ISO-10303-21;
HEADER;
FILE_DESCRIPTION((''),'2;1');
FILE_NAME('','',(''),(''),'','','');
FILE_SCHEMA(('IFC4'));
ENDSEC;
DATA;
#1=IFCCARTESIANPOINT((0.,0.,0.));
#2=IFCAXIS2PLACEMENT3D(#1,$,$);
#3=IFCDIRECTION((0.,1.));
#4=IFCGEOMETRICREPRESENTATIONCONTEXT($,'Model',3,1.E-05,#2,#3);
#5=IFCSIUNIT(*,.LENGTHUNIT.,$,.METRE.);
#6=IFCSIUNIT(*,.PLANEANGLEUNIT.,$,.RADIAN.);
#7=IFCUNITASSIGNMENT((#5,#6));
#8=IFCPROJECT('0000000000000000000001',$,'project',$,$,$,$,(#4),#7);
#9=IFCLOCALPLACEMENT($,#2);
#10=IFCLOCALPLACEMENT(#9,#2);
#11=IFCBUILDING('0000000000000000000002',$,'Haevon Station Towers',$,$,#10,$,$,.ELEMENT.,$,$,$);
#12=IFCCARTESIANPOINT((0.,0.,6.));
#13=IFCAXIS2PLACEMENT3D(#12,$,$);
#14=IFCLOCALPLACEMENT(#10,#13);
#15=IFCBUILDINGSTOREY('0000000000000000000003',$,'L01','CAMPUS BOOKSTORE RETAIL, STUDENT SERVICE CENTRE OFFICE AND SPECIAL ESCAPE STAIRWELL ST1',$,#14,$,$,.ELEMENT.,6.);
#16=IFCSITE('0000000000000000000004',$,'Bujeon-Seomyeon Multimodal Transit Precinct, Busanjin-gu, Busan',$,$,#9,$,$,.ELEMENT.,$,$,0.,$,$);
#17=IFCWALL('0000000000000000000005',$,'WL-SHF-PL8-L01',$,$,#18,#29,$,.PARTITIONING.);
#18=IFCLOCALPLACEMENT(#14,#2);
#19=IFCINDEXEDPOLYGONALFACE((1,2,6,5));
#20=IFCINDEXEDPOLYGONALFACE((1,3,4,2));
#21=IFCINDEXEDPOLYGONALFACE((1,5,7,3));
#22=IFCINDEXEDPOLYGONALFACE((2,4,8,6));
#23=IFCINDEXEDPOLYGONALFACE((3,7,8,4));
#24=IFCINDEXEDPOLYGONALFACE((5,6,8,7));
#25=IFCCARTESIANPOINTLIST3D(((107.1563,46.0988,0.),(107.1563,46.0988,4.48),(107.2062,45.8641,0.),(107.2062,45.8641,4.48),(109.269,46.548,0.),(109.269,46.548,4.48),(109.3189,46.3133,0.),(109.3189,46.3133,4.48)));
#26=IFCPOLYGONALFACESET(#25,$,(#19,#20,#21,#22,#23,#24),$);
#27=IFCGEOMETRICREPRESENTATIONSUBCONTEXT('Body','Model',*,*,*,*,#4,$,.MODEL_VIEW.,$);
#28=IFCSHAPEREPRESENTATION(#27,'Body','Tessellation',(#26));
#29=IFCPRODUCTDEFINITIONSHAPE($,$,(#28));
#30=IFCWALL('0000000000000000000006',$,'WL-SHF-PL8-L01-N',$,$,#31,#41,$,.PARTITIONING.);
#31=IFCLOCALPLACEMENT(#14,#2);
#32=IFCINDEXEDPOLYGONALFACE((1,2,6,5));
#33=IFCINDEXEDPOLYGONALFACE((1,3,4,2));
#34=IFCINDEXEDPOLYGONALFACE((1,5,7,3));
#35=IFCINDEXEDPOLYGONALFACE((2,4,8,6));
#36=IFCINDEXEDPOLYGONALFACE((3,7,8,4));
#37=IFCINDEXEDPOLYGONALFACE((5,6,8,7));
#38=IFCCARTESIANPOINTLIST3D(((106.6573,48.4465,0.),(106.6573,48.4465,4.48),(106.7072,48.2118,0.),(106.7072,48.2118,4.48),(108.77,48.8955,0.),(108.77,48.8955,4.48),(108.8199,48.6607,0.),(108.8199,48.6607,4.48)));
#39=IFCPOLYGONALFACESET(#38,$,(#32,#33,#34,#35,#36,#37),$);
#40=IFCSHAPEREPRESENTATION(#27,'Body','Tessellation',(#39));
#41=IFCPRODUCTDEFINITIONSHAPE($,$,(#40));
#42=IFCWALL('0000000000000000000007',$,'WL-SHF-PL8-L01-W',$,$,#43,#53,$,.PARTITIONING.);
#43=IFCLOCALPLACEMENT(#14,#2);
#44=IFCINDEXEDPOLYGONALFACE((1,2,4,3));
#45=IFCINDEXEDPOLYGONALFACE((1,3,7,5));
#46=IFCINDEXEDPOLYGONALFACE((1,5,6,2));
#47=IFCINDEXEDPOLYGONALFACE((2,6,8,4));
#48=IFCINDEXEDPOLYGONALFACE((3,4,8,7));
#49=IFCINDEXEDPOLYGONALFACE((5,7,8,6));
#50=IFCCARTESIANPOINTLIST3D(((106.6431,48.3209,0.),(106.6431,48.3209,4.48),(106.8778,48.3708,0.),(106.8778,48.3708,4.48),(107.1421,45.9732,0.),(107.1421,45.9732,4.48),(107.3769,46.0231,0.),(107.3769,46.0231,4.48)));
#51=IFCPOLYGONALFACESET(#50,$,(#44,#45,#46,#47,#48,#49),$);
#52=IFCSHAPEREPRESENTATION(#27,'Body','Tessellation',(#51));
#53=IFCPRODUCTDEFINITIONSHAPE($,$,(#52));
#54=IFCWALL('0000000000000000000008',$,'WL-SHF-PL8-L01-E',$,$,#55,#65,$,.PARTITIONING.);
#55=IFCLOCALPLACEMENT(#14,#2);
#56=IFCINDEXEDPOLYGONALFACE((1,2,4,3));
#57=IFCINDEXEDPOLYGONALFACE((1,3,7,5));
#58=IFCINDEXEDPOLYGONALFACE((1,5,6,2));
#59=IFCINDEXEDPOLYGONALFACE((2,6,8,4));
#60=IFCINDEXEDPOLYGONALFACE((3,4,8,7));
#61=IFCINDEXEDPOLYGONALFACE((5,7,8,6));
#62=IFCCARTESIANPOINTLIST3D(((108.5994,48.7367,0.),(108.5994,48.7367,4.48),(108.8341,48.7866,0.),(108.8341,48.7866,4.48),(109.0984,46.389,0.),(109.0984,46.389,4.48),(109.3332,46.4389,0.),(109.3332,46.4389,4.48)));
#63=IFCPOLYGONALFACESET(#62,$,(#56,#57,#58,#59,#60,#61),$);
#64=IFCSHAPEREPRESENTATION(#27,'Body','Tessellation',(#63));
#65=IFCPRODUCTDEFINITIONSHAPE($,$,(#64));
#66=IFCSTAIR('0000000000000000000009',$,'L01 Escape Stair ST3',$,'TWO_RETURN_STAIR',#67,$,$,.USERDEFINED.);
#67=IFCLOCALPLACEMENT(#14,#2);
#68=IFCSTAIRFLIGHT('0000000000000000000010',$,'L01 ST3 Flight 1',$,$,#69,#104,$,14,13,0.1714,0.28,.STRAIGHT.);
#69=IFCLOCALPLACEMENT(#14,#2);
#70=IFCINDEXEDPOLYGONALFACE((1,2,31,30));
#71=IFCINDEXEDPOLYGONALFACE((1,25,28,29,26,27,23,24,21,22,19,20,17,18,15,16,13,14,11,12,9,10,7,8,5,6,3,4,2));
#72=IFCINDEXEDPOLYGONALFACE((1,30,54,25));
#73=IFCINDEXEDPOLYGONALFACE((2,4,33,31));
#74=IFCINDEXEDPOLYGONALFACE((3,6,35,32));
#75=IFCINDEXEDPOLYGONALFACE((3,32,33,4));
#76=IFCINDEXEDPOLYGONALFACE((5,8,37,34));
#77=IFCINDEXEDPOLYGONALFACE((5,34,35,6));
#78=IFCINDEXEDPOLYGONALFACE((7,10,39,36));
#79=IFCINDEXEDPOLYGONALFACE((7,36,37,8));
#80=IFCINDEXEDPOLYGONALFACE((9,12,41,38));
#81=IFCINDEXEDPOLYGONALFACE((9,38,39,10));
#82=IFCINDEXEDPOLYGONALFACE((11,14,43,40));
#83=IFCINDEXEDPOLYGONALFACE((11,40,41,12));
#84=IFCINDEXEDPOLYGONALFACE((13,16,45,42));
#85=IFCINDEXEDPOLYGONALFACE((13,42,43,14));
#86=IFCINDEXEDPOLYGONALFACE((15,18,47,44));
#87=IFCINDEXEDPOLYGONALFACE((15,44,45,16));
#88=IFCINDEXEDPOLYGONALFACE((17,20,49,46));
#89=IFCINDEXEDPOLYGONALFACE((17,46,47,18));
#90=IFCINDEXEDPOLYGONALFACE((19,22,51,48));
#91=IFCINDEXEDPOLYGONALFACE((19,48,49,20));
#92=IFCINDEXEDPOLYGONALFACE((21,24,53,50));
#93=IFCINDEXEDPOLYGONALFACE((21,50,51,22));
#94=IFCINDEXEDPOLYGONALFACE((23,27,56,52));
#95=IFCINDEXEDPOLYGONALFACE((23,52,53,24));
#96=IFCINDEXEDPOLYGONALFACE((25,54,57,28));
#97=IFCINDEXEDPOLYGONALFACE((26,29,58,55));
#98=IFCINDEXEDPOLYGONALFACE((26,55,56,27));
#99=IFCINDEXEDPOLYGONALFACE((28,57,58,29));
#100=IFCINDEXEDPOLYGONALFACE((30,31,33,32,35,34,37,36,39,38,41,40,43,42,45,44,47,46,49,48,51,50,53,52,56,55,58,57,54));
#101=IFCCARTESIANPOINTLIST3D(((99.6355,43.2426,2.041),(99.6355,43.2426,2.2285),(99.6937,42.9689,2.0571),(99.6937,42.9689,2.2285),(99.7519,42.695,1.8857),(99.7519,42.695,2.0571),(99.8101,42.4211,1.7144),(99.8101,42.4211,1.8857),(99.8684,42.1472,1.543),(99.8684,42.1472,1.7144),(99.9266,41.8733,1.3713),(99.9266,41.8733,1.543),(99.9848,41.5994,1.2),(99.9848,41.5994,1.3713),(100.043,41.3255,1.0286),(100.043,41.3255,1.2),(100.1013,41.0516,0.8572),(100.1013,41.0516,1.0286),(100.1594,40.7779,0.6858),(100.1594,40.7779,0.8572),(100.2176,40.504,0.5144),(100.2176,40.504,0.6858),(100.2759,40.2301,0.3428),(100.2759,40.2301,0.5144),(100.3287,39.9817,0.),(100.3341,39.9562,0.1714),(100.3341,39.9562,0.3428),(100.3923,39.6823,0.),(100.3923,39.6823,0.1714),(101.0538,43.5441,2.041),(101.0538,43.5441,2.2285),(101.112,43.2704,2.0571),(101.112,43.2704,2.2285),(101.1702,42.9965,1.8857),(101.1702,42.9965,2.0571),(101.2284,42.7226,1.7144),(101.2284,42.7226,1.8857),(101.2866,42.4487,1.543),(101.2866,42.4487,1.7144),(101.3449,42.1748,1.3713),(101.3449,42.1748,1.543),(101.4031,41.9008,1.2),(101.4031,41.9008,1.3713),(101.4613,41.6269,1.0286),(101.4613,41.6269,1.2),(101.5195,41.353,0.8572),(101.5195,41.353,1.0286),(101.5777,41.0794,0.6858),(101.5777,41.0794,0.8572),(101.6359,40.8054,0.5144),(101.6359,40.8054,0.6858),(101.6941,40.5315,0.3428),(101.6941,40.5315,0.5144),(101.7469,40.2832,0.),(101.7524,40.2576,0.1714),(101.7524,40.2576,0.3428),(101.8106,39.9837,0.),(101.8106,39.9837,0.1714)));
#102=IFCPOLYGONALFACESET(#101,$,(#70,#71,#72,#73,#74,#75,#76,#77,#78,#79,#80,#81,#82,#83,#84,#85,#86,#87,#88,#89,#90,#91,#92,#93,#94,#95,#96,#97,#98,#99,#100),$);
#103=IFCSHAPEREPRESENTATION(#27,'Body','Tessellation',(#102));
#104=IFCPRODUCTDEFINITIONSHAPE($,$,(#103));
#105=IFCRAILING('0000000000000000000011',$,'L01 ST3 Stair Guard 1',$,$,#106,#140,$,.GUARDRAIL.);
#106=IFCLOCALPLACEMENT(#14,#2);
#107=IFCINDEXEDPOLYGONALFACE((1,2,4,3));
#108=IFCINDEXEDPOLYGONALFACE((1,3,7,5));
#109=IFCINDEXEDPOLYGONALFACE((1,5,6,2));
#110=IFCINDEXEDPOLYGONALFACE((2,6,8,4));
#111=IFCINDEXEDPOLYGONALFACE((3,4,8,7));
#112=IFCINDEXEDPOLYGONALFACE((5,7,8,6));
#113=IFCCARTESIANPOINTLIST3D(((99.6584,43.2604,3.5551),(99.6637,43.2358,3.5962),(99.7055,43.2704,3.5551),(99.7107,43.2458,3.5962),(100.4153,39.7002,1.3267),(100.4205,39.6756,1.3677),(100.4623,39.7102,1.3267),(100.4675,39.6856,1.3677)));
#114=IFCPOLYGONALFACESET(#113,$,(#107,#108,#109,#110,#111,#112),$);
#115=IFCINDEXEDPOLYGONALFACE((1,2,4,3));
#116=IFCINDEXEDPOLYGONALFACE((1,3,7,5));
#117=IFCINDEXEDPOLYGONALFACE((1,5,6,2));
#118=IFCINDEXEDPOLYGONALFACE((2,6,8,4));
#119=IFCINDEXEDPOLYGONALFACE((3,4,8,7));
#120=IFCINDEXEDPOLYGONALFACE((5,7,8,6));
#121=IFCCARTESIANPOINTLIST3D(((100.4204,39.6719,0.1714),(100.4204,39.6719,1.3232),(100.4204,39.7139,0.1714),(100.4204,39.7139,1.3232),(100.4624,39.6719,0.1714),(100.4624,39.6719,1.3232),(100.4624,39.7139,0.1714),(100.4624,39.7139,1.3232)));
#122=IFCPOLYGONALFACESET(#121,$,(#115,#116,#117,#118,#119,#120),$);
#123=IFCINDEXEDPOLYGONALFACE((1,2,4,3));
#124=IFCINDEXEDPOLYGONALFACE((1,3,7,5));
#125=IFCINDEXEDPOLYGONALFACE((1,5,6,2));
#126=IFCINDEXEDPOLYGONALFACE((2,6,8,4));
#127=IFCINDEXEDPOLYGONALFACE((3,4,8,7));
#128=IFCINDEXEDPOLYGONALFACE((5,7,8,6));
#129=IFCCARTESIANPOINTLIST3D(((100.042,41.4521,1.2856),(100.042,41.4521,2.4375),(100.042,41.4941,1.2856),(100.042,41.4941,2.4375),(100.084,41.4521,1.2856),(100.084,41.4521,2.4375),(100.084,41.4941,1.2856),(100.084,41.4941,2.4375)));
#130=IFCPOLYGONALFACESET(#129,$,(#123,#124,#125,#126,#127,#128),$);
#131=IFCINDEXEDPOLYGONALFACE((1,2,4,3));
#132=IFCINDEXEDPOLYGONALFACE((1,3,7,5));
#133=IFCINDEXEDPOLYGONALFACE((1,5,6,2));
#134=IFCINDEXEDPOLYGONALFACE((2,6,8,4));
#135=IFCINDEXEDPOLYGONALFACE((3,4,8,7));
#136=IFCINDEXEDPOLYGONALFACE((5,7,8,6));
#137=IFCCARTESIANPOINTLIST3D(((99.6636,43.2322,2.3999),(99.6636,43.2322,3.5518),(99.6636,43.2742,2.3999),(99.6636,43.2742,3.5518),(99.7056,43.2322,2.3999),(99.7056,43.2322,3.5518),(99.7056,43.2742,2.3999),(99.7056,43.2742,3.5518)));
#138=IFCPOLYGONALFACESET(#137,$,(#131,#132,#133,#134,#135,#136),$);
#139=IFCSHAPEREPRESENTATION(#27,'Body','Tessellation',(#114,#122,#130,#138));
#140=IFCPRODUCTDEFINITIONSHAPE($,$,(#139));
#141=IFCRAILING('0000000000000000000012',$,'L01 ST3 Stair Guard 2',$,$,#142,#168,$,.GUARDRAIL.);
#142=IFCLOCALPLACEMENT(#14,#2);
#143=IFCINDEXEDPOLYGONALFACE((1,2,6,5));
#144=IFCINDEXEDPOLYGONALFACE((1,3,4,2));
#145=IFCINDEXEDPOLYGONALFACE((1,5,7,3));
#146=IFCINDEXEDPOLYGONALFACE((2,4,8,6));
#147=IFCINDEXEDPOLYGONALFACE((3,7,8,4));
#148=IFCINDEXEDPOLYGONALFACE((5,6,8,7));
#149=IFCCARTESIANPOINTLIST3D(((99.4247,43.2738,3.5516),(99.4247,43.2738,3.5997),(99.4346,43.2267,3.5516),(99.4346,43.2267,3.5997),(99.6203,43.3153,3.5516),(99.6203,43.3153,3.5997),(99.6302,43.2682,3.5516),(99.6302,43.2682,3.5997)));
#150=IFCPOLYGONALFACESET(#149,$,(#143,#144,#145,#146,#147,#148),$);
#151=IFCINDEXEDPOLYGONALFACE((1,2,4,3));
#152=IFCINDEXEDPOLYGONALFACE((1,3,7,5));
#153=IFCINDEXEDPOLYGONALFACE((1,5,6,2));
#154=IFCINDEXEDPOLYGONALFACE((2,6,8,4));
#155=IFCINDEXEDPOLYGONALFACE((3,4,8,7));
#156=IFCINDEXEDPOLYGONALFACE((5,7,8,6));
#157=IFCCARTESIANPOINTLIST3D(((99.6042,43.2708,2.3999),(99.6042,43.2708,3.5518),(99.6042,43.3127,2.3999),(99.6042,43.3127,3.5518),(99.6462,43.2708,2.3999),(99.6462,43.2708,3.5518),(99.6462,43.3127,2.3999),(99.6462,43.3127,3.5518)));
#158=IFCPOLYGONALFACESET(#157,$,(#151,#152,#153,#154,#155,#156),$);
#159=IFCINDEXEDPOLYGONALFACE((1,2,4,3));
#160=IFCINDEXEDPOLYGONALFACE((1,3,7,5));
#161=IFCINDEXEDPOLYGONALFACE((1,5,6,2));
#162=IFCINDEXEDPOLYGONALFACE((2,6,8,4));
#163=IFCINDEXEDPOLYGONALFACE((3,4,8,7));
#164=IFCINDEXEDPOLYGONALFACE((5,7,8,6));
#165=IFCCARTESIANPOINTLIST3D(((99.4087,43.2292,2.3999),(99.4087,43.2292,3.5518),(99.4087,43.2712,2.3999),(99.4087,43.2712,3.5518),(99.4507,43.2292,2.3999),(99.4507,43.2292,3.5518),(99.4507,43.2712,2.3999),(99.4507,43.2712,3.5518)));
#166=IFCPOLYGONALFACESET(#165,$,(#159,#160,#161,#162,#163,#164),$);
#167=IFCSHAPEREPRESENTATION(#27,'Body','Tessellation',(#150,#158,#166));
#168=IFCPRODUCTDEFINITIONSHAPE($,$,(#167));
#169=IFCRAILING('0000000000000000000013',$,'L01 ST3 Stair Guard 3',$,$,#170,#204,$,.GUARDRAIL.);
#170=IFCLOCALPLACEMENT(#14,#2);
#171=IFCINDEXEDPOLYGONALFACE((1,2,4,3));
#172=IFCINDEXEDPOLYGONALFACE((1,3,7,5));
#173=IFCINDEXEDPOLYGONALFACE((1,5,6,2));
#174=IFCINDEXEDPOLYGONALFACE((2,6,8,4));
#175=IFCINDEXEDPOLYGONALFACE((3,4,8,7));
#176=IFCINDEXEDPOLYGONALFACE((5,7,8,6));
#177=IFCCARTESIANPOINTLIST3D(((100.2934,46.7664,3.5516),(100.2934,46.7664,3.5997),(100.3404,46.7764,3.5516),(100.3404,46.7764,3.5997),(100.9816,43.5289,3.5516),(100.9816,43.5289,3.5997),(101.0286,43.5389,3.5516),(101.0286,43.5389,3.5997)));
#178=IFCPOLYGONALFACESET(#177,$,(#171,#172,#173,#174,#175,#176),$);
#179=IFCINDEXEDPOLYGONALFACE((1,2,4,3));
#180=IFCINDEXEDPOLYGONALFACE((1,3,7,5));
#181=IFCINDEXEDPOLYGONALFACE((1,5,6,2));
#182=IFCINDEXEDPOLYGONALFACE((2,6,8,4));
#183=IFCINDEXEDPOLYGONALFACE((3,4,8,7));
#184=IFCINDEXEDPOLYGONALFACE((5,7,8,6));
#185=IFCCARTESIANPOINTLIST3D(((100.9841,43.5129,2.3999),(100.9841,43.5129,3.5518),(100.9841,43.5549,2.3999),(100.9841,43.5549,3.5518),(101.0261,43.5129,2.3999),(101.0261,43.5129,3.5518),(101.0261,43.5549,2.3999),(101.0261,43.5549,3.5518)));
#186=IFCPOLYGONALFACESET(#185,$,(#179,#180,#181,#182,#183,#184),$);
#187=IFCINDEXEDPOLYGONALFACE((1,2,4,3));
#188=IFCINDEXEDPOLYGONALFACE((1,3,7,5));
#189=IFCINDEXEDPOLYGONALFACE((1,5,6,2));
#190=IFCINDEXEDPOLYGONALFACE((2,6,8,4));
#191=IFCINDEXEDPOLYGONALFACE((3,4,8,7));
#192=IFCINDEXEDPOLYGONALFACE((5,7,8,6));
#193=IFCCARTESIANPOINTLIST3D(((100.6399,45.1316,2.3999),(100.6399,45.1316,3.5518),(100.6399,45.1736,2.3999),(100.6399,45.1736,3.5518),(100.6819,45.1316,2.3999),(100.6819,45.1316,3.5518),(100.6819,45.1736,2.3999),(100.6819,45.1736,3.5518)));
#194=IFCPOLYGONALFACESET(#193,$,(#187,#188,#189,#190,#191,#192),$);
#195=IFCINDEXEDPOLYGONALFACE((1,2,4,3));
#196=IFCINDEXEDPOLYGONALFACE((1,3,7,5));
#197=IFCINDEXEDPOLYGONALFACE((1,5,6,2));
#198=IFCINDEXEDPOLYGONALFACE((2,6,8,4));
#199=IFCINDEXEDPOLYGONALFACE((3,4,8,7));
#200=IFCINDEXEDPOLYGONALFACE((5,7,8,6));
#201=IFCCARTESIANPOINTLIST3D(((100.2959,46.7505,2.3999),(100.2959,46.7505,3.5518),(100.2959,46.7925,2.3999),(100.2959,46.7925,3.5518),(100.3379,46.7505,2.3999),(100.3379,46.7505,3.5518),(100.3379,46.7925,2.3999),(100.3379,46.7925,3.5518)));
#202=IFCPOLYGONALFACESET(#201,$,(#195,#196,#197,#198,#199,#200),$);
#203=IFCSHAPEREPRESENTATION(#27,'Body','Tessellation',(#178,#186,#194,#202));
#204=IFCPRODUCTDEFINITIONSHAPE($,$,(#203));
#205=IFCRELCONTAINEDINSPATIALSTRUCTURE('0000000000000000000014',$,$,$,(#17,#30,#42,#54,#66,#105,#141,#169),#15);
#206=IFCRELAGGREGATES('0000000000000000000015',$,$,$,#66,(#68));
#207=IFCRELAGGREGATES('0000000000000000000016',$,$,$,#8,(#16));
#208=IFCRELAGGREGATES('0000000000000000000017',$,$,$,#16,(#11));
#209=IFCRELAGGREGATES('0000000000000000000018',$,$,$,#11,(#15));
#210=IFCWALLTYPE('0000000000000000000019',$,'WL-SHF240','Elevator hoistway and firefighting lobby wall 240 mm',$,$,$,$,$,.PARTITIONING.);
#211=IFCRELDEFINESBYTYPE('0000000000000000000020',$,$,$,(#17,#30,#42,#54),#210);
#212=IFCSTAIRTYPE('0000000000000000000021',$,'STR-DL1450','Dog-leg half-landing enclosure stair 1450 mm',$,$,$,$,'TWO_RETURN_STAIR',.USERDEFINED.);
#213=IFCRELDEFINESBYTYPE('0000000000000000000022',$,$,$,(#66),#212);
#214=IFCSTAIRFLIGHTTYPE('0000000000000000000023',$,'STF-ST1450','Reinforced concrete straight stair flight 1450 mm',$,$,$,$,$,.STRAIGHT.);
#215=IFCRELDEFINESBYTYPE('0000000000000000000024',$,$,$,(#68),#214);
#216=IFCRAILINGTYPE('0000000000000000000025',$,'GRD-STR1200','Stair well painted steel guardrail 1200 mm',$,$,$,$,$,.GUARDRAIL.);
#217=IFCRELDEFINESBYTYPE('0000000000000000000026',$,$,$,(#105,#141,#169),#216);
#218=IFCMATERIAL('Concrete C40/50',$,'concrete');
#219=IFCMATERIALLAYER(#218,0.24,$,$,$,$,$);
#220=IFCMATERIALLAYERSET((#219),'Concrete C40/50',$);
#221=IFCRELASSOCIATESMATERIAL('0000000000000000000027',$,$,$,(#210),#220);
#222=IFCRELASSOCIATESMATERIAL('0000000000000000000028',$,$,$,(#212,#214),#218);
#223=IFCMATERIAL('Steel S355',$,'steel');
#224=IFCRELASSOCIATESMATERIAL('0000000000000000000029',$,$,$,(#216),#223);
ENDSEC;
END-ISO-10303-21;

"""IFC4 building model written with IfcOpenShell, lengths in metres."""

from ifc_helpers import new_model, si_unit, direction, frame, frame_2d, origin, origin_2d, place, context, subcontext, project, spatial, polyline, rectangle, outline, extrude, material, layer, layer_set, type_object, element, aggregate, save


model = new_model("IFC4")

# Units and contexts
model_context = context("Model", 3, precision=1e-05, world=origin(), true_north=direction((0.0, 1.0)))
body_context = subcontext(model_context, "Body", "Model", "MODEL_VIEW")
ifc_project = project(units=[si_unit("LENGTHUNIT", "METRE"), si_unit("PLANEANGLEUNIT", "RADIAN")], contexts=[model_context])

# Site, building, storey
site_placement = place(None, origin())
site = spatial("IfcSite", under=ifc_project, at=site_placement, Name="Bujeon-Seomyeon Multimodal Transit Precinct, Busanjin-gu, Busan", CompositionType="ELEMENT", RefElevation=0.0)
building_placement = place(site_placement, origin())
building = spatial("IfcBuilding", under=site, at=building_placement, Name="Haevon Station Towers", CompositionType="ELEMENT")
storey_placement = place(building_placement, frame((0.0, 0.0, 6.0)))
storey = spatial("IfcBuildingStorey", under=building, at=storey_placement, Name="L01", Description="CAMPUS BOOKSTORE RETAIL, STUDENT SERVICE CENTRE OFFICE AND SPECIAL ESCAPE STAIRWELL ST1", CompositionType="ELEMENT", Elevation=6.0)

# Shared definitions
ifc_material_1 = material(Name="Steel S355", Category="steel")

# Shared definitions
ifc_material_2 = material(Name="Concrete C40/50", Category="concrete")
ifc_layer_1 = layer(ifc_material_2, 0.24)
ifc_layer_set_1 = layer_set([ifc_layer_1], Name="Concrete C40/50")
wall_type_1 = type_object("IfcWallType", Name="WL-SHF240", Description="Elevator hoistway and firefighting lobby wall 240 mm", PredefinedType="PARTITIONING", material=ifc_layer_set_1)

# Walls
for number, where, z_axis, x_axis, name in (
    (1, (107.1812, 45.9814, 0.0), (0.0, 0.0, 1.0), (0.978135, 0.20797, 0.0), "WL-SHF-PL8-L01"),
    (2, (106.6821, 48.3291, 0.0), (0.0, 0.0, 1.0), (0.978158, 0.207861, 0.0), "WL-SHF-PL8-L01-N"),
):
    element("IfcWall", number, at=place(storey_placement, frame(where, z_axis=z_axis, x_axis=x_axis)), inside=storey, type_object=wall_type_1, Name=name, PredefinedType="PARTITIONING", context=body_context, shape_type="SweptSolid", body=[
        extrude(rectangle(XDim=2.1599, YDim=0.24, at=frame_2d((1.0801, 0.0))), origin(), (0.0, 0.0, 1.0), 4.48),
    ])
for number, where, z_axis, x_axis, name in (
    (3, (107.2595, 45.998, 0.0), (0.0, 0.0, 1.0), (-0.207917, 0.978146, 0.0), "WL-SHF-PL8-L01-W"),
    (4, (109.2158, 46.4138, 0.0), (0.0, 0.0, 1.0), (-0.207917, 0.978146, 0.0), "WL-SHF-PL8-L01-E"),
):
    element("IfcWall", number, at=place(storey_placement, frame(where, z_axis=z_axis, x_axis=x_axis)), inside=storey, type_object=wall_type_1, Name=name, PredefinedType="PARTITIONING", context=body_context, shape_type="SweptSolid", body=[
        extrude(rectangle(XDim=2.4001, YDim=0.24, at=frame_2d((1.2002, 0.0))), origin(), (0.0, 0.0, 1.0), 4.48),
    ])

# Stair, stair flight
stair_type = type_object("IfcStairType", Name="STR-DL1450", Description="Dog-leg half-landing enclosure stair 1450 mm", ElementType="TWO_RETURN_STAIR", PredefinedType="USERDEFINED", material=ifc_material_2)
stair_placement = place(storey_placement, origin())
stair = element("IfcStair", 5, at=stair_placement, inside=storey, type_object=stair_type, Name="L01 Escape Stair ST3", ObjectType="TWO_RETURN_STAIR", PredefinedType="USERDEFINED")
stair_flight_type = type_object("IfcStairFlightType", Name="STF-ST1450", Description="Reinforced concrete straight stair flight 1450 mm", PredefinedType="STRAIGHT", material=ifc_material_2)
stair_flight_placement = place(storey_placement, frame((101.1016, 39.833, 0.0), z_axis=(0.0, 0.0, 1.0), x_axis=(-0.207912, 0.978148, 0.0)))
stair_flight = element("IfcStairFlight", 6, at=stair_flight_placement, type_object=stair_flight_type, Name="L01 ST3 Flight 1", NumberOfRisers=14, NumberOfTreads=13, PredefinedType="STRAIGHT", RiserHeight=0.1714, TreadLength=0.28, context=body_context, shape_type="SweptSolid", body=[
    extrude(outline(polyline([(0.0, 0.0), (0.0, 0.1714), (0.28, 0.1714), (0.28, 0.3428), (0.5601, 0.3428), (0.5601, 0.5144), (0.8401, 0.5144), (0.8401, 0.6858), (1.1201, 0.6858), (1.1201, 0.8572), (1.3999, 0.8572), (1.3999, 1.0286), (1.6799, 1.0286), (1.6799, 1.2), (1.96, 1.2), (1.96, 1.3713), (2.24, 1.3713), (2.24, 1.543), (2.52, 1.543), (2.52, 1.7144), (2.8, 1.7144), (2.8, 1.8857), (3.0801, 1.8857), (3.0801, 2.0571), (3.3601, 2.0571), (3.3601, 2.2285), (3.6399, 2.2285), (3.6399, 2.3999), (3.6399, 2.041), (0.3062, 0.0), (0.0, 0.0)])), frame((0.0, 0.7251, 0.0), z_axis=(0.0, -1.0, 0.0), x_axis=(1.0, 0.0, 0.0)), (0.0, 0.0, 1.0), 1.45),
])
aggregate(stair, [stair_flight])

# Railings
railing_type_1 = type_object("IfcRailingType", Name="GRD-STR1200", Description="Stair well painted steel guardrail 1200 mm", PredefinedType="GUARDRAIL", material=ifc_material_1)
railing_1_placement = place(storey_placement, frame((100.4414, 39.6929, 0.1714)))
element("IfcRailing", 7, at=railing_1_placement, inside=storey, type_object=railing_type_1, Name="L01 ST3 Stair Guard 1", PredefinedType="GUARDRAIL", context=body_context, shape_type="SweptSolid", body=[
    extrude(rectangle(XDim=0.0481, YDim=0.0481, at=origin_2d()), frame((0.0, 0.0, 1.1758), z_axis=(-0.177333, 0.834208, 0.522159), x_axis=(-0.978144, -0.20793, 0.0)), (0.0, 0.0, 1.0), 4.2678),
    extrude(rectangle(XDim=0.042, YDim=0.042, at=origin_2d()), origin(), (0.0, 0.0, 1.0), 1.1519),
    extrude(rectangle(XDim=0.042, YDim=0.042, at=origin_2d()), frame((-0.3784, 1.7803, 1.1143)), (0.0, 0.0, 1.0), 1.1519),
    extrude(rectangle(XDim=0.042, YDim=0.042, at=origin_2d()), frame((-0.7568, 3.5603, 2.2285)), (0.0, 0.0, 1.0), 1.1519),
])
railing_2_placement = place(storey_placement, frame((99.6252, 43.2917, 2.3999)))
element("IfcRailing", 8, at=railing_2_placement, inside=storey, type_object=railing_type_1, Name="L01 ST3 Stair Guard 2", PredefinedType="GUARDRAIL", context=body_context, shape_type="SweptSolid", body=[
    extrude(rectangle(XDim=0.0481, YDim=0.0481, at=origin_2d()), frame((0.0, 0.0, 1.1758), z_axis=(-0.978212, -0.20761, 0.0), x_axis=(0.20761, -0.978212, 0.0)), (0.0, 0.0, 1.0), 0.2),
    extrude(rectangle(XDim=0.042, YDim=0.042, at=origin_2d()), origin(), (0.0, 0.0, 1.0), 1.1519),
    extrude(rectangle(XDim=0.042, YDim=0.042, at=origin_2d()), frame((-0.1956, -0.0415, 0.0)), (0.0, 0.0, 1.0), 1.1519),
])
railing_3_placement = place(storey_placement, frame((101.0051, 43.5339, 2.3999)))
element("IfcRailing", 9, at=railing_3_placement, inside=storey, type_object=railing_type_1, Name="L01 ST3 Stair Guard 3", PredefinedType="GUARDRAIL", context=body_context, shape_type="SweptSolid", body=[
    extrude(rectangle(XDim=0.0481, YDim=0.0481, at=origin_2d()), frame((0.0, 0.0, 1.1758), z_axis=(-0.207932, 0.978143, 0.0), x_axis=(-0.978143, -0.207932, 0.0)), (0.0, 0.0, 1.0), 3.3098),
    extrude(rectangle(XDim=0.042, YDim=0.042, at=origin_2d()), origin(), (0.0, 0.0, 1.0), 1.1519),
    extrude(rectangle(XDim=0.042, YDim=0.042, at=origin_2d()), frame((-0.3442, 1.6187, 0.0)), (0.0, 0.0, 1.0), 1.1519),
    extrude(rectangle(XDim=0.042, YDim=0.042, at=origin_2d()), frame((-0.6882, 3.2375, 0.0)), (0.0, 0.0, 1.0), 1.1519),
])

save(model, "model.ifc")
